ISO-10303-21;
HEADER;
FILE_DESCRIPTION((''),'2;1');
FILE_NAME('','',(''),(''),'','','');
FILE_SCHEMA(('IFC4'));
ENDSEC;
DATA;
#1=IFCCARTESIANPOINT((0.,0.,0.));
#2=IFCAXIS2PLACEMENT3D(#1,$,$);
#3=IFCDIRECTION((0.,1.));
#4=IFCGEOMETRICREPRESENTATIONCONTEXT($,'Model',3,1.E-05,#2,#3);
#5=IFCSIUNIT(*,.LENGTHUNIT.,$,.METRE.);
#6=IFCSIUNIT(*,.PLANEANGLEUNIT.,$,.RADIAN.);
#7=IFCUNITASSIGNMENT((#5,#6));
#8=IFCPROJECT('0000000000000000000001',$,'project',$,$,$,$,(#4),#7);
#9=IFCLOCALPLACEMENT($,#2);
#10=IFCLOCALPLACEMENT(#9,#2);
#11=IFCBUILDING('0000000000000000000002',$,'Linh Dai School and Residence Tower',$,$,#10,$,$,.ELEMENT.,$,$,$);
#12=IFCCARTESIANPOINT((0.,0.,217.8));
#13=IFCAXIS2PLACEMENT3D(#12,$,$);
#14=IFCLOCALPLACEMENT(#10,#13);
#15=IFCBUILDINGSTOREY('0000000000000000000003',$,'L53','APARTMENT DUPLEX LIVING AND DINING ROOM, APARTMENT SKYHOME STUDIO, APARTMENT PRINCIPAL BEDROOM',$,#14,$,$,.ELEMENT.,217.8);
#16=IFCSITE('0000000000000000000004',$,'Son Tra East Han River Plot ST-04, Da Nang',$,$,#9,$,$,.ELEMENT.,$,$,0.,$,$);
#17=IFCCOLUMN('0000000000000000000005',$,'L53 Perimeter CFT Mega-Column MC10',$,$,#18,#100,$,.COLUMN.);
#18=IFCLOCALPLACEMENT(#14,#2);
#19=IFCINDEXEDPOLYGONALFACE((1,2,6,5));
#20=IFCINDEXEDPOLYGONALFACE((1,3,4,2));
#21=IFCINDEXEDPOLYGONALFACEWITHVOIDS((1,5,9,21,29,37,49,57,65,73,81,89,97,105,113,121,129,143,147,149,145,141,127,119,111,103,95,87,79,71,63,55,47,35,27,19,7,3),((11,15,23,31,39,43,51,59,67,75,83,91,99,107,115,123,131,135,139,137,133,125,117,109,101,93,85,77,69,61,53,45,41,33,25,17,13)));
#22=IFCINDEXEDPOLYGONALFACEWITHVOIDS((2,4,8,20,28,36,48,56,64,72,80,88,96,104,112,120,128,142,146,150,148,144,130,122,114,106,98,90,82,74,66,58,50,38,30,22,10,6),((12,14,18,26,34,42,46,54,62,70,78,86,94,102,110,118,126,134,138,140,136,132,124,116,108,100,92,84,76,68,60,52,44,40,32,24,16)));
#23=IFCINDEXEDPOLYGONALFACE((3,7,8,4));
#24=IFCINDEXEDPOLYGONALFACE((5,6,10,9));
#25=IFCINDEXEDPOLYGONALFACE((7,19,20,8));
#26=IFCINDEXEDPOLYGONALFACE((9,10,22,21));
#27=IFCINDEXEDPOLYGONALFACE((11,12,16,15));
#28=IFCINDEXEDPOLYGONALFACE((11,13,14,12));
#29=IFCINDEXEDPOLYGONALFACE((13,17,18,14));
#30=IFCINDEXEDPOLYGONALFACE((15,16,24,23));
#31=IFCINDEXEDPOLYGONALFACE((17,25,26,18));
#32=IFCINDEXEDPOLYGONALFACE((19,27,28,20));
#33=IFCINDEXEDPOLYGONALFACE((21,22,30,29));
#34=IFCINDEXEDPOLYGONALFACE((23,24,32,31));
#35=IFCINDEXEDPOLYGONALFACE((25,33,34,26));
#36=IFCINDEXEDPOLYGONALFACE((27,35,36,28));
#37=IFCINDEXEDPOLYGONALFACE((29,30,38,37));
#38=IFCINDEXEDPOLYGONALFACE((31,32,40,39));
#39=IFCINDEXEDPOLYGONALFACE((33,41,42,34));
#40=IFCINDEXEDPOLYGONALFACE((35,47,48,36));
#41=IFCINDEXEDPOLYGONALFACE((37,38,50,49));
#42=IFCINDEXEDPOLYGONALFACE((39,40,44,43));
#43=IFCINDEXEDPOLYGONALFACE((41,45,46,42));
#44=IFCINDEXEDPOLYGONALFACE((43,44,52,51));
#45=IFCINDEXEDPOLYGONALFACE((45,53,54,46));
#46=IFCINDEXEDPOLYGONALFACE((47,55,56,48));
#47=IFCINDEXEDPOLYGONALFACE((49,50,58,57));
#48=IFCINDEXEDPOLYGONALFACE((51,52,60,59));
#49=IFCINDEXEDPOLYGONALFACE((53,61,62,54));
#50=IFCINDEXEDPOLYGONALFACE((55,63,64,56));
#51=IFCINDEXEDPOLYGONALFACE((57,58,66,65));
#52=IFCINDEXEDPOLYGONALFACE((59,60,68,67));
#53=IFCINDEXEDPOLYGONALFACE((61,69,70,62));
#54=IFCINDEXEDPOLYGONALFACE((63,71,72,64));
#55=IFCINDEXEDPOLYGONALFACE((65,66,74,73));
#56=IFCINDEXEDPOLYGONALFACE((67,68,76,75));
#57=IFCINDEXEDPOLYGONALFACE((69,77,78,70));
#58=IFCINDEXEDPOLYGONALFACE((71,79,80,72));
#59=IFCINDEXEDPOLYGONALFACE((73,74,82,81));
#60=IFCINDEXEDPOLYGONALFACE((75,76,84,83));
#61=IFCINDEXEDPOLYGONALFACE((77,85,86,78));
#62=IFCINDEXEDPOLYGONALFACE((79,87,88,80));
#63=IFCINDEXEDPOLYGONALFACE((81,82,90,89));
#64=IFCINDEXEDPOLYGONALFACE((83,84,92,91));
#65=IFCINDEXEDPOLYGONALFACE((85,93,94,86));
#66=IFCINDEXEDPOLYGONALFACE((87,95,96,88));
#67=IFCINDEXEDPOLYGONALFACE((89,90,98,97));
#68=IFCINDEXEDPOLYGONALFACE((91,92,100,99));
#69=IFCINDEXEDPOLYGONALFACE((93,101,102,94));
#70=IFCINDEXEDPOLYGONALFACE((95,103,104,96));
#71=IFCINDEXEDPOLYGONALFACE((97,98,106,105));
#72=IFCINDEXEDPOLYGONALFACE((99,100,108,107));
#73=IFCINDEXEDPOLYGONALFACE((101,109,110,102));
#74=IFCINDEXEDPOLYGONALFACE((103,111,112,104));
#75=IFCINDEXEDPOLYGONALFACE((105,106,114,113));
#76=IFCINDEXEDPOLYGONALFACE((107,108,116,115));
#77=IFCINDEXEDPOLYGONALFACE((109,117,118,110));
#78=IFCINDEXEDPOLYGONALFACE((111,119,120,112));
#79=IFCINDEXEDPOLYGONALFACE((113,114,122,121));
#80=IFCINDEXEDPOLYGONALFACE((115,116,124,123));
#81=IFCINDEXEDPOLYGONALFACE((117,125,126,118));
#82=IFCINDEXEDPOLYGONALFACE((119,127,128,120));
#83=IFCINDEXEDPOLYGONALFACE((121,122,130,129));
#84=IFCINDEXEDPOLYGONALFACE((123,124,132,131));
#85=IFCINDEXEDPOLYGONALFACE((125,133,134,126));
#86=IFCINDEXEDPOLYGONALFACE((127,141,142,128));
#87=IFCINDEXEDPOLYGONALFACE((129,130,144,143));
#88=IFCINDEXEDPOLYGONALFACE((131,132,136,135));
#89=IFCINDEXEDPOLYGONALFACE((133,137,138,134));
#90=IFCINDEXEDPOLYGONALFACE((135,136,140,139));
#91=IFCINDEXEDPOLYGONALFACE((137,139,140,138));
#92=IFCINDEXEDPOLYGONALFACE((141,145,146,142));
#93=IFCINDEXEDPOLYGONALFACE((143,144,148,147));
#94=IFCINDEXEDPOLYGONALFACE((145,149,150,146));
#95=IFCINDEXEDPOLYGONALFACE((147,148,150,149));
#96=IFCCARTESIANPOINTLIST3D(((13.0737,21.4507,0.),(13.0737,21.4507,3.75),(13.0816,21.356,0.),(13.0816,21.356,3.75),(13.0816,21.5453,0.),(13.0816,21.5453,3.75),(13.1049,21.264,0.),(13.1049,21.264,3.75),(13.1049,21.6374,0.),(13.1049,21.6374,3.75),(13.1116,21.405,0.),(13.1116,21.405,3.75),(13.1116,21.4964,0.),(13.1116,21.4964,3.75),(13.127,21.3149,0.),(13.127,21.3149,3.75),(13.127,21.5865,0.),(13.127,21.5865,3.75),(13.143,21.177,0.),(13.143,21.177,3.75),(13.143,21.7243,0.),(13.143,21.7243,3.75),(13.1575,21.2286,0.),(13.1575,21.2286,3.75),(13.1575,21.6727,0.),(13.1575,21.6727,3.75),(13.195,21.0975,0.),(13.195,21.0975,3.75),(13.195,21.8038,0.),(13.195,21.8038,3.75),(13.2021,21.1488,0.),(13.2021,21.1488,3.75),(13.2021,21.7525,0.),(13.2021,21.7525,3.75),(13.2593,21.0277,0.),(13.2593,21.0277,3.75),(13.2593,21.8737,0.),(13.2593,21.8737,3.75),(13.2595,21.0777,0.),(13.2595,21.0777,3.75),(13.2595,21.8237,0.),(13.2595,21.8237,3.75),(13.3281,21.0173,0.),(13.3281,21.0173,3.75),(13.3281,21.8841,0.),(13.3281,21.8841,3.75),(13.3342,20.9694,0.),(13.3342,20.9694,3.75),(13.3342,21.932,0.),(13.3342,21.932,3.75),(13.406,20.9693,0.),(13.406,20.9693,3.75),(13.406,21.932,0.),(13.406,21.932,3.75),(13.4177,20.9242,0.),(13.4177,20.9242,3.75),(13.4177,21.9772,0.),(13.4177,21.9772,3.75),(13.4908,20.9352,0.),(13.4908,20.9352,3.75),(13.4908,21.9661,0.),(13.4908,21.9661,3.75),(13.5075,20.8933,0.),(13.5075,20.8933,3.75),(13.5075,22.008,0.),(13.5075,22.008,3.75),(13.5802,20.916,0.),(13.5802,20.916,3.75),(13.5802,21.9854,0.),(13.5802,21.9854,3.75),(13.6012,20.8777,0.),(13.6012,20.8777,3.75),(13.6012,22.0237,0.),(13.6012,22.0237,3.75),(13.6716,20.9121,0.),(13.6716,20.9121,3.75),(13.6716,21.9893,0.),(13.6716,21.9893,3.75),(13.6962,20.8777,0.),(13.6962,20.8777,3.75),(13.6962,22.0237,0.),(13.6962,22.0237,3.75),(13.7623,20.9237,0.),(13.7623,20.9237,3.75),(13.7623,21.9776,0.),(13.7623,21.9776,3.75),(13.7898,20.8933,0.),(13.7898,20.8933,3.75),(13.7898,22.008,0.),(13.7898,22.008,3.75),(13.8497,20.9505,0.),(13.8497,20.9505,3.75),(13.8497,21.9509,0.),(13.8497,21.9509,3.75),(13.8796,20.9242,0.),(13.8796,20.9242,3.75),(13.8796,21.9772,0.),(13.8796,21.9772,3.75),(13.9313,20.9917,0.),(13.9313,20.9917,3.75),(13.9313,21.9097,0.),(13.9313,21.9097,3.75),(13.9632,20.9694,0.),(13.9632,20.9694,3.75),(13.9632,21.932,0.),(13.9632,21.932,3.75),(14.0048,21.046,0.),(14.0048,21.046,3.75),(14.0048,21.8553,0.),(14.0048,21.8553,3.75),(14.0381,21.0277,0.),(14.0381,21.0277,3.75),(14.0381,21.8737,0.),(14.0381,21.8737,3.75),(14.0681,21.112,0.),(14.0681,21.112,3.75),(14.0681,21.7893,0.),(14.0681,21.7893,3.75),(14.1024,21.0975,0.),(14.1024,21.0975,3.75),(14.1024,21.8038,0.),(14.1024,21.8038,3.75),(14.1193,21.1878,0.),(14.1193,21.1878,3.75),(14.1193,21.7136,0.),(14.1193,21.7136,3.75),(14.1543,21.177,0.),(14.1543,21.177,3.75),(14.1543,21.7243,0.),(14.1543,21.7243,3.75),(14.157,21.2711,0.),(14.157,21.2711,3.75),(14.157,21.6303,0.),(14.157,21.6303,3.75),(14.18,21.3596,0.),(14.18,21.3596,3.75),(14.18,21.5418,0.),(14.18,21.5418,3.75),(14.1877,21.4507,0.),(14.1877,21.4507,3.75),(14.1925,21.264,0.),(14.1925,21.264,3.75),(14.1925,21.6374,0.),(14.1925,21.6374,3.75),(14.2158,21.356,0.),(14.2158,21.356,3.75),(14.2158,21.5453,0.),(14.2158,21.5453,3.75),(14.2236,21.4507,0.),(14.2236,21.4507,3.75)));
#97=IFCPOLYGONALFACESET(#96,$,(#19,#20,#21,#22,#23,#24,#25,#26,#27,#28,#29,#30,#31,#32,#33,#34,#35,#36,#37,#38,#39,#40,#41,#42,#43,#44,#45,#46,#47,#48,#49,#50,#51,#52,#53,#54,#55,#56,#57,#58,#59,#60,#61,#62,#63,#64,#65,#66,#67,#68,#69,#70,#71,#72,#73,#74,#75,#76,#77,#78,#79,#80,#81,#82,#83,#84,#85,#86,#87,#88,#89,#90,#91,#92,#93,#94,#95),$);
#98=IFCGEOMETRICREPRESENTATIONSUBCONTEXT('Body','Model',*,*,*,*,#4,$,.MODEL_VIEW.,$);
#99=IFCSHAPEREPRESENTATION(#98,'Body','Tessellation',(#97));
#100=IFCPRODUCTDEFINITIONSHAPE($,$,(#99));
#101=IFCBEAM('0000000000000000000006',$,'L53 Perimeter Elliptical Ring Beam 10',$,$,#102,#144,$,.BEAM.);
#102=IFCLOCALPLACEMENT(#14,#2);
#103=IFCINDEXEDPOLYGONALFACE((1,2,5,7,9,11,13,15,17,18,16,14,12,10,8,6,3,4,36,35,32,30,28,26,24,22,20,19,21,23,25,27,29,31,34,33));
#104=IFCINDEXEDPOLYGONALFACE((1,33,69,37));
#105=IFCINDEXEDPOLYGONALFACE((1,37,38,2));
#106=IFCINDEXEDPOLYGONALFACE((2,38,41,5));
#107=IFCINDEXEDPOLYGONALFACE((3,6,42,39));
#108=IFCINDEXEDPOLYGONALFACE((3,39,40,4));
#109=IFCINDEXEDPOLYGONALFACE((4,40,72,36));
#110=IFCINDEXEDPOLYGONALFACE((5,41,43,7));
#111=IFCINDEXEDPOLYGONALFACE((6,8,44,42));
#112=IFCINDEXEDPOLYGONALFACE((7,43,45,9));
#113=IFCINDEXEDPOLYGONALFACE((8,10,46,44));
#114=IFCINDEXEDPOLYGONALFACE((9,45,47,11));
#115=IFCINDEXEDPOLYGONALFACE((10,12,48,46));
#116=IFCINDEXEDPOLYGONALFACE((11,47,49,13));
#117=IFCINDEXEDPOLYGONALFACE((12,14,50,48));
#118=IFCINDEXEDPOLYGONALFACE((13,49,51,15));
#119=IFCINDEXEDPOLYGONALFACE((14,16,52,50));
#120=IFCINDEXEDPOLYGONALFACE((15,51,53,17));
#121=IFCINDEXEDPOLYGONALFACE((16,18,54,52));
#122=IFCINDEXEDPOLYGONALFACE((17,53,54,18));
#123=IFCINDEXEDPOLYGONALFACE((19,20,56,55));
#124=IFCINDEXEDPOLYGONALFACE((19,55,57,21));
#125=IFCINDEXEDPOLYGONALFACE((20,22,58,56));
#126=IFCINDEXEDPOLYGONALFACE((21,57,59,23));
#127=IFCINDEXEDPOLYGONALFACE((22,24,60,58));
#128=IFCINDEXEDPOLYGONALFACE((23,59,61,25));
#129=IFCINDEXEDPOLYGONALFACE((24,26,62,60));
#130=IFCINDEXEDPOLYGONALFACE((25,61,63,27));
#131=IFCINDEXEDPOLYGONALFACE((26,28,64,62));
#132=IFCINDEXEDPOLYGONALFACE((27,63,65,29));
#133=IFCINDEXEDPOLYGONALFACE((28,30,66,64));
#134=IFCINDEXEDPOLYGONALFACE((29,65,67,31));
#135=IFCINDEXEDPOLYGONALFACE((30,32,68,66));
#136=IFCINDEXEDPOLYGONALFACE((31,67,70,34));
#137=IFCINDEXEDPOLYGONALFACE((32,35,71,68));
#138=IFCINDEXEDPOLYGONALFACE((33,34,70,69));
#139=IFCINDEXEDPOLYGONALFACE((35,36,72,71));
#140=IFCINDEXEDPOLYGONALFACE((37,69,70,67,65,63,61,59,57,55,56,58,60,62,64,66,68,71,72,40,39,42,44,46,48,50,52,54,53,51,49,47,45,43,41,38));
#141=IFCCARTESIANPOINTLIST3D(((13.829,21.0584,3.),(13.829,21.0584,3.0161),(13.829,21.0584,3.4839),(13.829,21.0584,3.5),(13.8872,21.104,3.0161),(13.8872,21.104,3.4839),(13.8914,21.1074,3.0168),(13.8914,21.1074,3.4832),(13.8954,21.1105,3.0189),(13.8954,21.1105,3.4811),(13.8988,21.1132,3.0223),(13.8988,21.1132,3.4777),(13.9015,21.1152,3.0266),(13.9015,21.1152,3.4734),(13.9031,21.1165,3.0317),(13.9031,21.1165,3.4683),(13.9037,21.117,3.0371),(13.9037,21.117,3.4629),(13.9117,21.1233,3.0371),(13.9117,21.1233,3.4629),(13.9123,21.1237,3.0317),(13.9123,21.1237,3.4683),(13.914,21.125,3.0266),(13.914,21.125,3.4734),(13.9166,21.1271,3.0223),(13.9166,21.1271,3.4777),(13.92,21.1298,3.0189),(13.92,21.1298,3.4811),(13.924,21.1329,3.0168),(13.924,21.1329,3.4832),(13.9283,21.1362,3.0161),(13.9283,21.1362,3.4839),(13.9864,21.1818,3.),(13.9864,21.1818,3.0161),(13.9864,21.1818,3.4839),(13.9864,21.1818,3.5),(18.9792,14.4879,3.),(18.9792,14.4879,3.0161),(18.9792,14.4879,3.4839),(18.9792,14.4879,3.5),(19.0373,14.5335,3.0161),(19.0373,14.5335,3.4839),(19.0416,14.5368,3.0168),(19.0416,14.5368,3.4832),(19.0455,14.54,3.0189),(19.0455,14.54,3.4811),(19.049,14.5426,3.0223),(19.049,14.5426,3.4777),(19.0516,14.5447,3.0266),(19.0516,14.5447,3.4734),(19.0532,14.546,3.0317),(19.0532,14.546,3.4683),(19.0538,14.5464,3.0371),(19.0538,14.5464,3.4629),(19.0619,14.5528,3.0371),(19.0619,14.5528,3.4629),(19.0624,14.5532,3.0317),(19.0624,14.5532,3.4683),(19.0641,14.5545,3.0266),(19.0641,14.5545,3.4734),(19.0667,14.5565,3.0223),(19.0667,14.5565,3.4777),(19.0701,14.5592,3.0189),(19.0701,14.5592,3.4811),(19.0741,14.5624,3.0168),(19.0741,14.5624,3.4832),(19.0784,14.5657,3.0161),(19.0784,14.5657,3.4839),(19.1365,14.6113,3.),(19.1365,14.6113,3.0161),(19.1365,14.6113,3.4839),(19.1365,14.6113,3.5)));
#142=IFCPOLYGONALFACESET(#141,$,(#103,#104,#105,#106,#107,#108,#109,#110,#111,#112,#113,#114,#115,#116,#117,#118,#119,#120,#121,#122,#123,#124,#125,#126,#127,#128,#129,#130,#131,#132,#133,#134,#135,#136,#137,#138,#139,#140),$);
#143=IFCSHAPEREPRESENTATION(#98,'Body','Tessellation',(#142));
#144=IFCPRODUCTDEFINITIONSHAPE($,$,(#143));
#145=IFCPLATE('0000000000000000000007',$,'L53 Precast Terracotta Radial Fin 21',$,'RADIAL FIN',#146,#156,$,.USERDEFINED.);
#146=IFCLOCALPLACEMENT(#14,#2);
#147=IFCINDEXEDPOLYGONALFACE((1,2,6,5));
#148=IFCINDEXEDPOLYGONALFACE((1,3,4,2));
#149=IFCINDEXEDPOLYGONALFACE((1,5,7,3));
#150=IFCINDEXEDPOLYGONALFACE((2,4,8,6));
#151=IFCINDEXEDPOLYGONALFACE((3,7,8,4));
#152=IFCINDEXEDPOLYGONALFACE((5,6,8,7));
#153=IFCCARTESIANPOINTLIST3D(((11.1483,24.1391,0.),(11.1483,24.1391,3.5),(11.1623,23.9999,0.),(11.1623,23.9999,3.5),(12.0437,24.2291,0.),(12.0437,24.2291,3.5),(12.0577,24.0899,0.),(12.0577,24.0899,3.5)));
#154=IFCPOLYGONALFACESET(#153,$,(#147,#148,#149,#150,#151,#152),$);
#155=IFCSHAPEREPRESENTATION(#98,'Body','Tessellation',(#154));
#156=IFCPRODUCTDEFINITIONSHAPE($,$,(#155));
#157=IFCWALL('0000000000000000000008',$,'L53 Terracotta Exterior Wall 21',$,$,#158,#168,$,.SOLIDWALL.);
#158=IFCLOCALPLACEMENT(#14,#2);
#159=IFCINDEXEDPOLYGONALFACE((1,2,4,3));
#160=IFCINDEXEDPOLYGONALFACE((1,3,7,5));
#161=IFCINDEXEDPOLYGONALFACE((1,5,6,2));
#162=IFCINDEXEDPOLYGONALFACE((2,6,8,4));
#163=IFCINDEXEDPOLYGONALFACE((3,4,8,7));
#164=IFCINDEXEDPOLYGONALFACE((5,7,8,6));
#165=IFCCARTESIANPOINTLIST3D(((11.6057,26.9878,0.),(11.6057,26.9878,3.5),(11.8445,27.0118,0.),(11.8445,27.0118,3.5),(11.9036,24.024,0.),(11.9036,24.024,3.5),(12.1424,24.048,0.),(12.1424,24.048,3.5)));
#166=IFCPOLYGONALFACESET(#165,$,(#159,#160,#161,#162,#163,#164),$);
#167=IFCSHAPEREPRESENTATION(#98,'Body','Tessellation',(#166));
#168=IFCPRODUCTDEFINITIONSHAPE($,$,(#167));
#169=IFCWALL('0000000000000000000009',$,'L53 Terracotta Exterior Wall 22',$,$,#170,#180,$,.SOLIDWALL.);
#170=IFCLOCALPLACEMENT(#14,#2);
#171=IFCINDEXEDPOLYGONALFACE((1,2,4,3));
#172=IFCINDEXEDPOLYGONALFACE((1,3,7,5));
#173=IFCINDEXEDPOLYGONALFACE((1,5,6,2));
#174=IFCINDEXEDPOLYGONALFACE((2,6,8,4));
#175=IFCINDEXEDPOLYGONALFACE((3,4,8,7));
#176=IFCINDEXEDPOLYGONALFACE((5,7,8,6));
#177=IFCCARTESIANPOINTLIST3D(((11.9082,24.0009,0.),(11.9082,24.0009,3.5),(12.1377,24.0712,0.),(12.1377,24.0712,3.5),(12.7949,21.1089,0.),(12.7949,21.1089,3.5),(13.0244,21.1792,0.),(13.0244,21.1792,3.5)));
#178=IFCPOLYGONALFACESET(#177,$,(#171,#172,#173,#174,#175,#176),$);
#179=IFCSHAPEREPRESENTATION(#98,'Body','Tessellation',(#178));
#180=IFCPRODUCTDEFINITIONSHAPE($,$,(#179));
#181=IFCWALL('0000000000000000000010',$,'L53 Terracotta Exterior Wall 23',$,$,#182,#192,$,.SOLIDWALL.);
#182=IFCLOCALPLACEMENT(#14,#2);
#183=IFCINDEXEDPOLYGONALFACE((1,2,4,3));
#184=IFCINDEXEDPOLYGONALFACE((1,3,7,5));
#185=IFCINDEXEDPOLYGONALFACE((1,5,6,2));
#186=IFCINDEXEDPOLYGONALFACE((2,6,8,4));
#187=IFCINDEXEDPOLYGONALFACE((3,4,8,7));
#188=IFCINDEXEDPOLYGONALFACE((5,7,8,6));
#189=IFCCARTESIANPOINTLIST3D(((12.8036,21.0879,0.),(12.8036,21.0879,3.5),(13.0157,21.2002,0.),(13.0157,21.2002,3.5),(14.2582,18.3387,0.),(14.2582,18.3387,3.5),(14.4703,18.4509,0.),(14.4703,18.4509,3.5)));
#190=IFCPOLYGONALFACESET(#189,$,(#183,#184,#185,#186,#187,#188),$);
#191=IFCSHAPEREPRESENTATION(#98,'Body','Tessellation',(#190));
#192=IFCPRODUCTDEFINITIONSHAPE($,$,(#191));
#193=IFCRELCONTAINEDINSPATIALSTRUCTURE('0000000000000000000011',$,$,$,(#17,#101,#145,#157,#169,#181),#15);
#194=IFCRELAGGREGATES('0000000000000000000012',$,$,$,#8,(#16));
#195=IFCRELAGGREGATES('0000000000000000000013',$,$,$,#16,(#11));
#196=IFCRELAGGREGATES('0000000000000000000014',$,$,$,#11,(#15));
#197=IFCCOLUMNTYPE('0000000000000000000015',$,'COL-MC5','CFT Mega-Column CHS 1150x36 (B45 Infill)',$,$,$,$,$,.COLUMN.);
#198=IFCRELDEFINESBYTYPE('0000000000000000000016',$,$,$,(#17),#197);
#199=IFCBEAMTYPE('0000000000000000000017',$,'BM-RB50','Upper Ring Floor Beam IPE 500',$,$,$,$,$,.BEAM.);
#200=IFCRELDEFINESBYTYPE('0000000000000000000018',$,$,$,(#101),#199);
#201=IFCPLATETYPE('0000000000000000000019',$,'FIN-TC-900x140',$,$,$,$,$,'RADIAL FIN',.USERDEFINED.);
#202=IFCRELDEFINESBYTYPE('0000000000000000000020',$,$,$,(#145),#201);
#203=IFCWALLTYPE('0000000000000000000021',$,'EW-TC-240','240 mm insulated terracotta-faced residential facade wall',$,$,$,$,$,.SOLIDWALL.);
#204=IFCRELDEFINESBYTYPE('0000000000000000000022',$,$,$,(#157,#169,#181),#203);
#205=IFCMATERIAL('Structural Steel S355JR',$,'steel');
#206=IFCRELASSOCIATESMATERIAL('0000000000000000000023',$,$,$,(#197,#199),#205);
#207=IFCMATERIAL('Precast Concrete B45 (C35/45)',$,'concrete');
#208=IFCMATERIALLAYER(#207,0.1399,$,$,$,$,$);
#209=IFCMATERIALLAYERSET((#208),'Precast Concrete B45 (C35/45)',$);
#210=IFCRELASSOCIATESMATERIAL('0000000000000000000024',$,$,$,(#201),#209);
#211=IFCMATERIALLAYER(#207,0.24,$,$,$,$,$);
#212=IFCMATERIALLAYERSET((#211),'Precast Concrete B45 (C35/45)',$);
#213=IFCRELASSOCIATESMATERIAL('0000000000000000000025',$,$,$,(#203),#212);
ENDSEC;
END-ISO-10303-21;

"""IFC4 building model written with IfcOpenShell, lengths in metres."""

from ifc_helpers import new_model, si_unit, direction, frame, frame_2d, origin, origin_2d, place, context, subcontext, project, spatial, rectangle, hollow_circle, i_section, extrude, source, transform, mapped, material, layer, layer_set, material_profile, profile_set, type_object, element, save


model = new_model("IFC4")

# Units and contexts
model_context = context("Model", 3, precision=1e-05, world=origin(), true_north=direction((0.0, 1.0)))
body_context = subcontext(model_context, "Body", "Model", "MODEL_VIEW")
ifc_project = project(units=[si_unit("LENGTHUNIT", "METRE"), si_unit("PLANEANGLEUNIT", "RADIAN")], contexts=[model_context])

# Site, building, storey
site_placement = place(None, origin())
site = spatial("IfcSite", under=ifc_project, at=site_placement, Name="Son Tra East Han River Plot ST-04, Da Nang", CompositionType="ELEMENT", RefElevation=0.0)
building_placement = place(site_placement, origin())
building = spatial("IfcBuilding", under=site, at=building_placement, Name="Linh Dai School and Residence Tower", CompositionType="ELEMENT")
storey_placement = place(building_placement, frame((0.0, 0.0, 217.8)))
storey = spatial("IfcBuildingStorey", under=building, at=storey_placement, Name="L53", Description="APARTMENT DUPLEX LIVING AND DINING ROOM, APARTMENT SKYHOME STUDIO, APARTMENT PRINCIPAL BEDROOM", CompositionType="ELEMENT", Elevation=217.8)

# Column
ifc_material_1 = material(Name="Structural Steel S355JR", Category="steel")
ifc_material_profile_1 = material_profile(ifc_material_1, hollow_circle(Radius=0.575, WallThickness=0.0359, at=origin_2d()), Name="CHS 1150x36")
ifc_profile_set_1 = profile_set([ifc_material_profile_1], Name="Structural Steel S355JR")
column_type = type_object("IfcColumnType", Name="COL-MC5", Description="CFT Mega-Column CHS 1150x36 (B45 Infill)", PredefinedType="COLUMN", material=ifc_profile_set_1)
column_placement = place(storey_placement, frame((13.6487, 21.4507, 0.0), z_axis=(0.0, 0.0, 1.0), x_axis=(1.0, 0.0, 0.0)))
element("IfcColumn", 1, at=column_placement, inside=storey, type_object=column_type, Name="L53 Perimeter CFT Mega-Column MC10", PredefinedType="COLUMN", context=body_context, shape_type="SweptSolid", body=[
    extrude(hollow_circle(Radius=0.575, WallThickness=0.0359, at=origin_2d()), origin(), (0.0, 0.0, 1.0), 3.75),
])

# Beam
ifc_material_profile_2 = material_profile(ifc_material_1, i_section(OverallWidth=0.2, OverallDepth=0.5, WebThickness=0.0103, FlangeThickness=0.0161, FilletRadius=0.021, at=origin_2d()), Name="IPE 500")
ifc_profile_set_2 = profile_set([ifc_material_profile_2], Name="Structural Steel S355JR")
beam_type = type_object("IfcBeamType", Name="BM-RB50", Description="Upper Ring Floor Beam IPE 500", PredefinedType="BEAM", material=ifc_profile_set_2)
beam_placement = place(storey_placement, frame((13.9077, 21.1201, 3.25), z_axis=(0.6169, -0.787041, 0.0), x_axis=(0.787041, 0.6169, 0.0)))
element("IfcBeam", 2, at=beam_placement, inside=storey, type_object=beam_type, Name="L53 Perimeter Elliptical Ring Beam 10", PredefinedType="BEAM", context=body_context, shape_type="SweptSolid", body=[
    extrude(i_section(OverallWidth=0.2, OverallDepth=0.5, WebThickness=0.0103, FlangeThickness=0.0161, FilletRadius=0.021, at=origin_2d()), origin(), (0.0, 0.0, 1.0), 8.3484),
])

# Plate
ifc_material_2 = material(Name="Precast Concrete B45 (C35/45)", Category="concrete")
ifc_layer_1 = layer(ifc_material_2, 0.1399)
ifc_layer_set_1 = layer_set([ifc_layer_1], Name="Precast Concrete B45 (C35/45)")
plate_type = type_object("IfcPlateType", Name="FIN-TC-900x140", ElementType="RADIAL FIN", PredefinedType="USERDEFINED", material=ifc_layer_set_1)
shared_shape_1 = source(origin(), body_context, "Body", "SweptSolid", [
    extrude(rectangle(XDim=0.8999, YDim=0.1399, at=origin_2d()), origin(), (0.0, 0.0, 1.0), 3.5),
])
plate_placement = place(storey_placement, frame((11.603, 24.1145, 0.0), z_axis=(0.0, 0.0, 1.0), x_axis=(-0.994986, -0.100012, 0.0)))
element("IfcPlate", 3, at=plate_placement, inside=storey, type_object=plate_type, Name="L53 Precast Terracotta Radial Fin 21", ObjectType="RADIAL FIN", PredefinedType="USERDEFINED", context=body_context, shape_type="MappedRepresentation", body=[
    mapped(shared_shape_1, transform((0.0, 0.0, 0.0), x_axis=(1.0, 0.0, 0.0), y_axis=(0.0, 1.0, 0.0), z_axis=(0.0, 0.0, 1.0), scale=1.0)),
])

# Walls
ifc_layer_2 = layer(ifc_material_2, 0.24)
ifc_layer_set_2 = layer_set([ifc_layer_2], Name="Precast Concrete B45 (C35/45)")
wall_type_1 = type_object("IfcWallType", Name="EW-TC-240", Description="240 mm insulated terracotta-faced residential facade wall", PredefinedType="SOLIDWALL", material=ifc_layer_set_2)
wall_1_placement = place(storey_placement, frame((12.0229, 24.0361, 0.0), z_axis=(0.0, 0.0, 1.0), x_axis=(-0.099991, 0.994988, 0.0)))
element("IfcWall", 4, at=wall_1_placement, inside=storey, type_object=wall_type_1, Name="L53 Terracotta Exterior Wall 21", PredefinedType="SOLIDWALL", context=body_context, shape_type="SweptSolid", body=[
    extrude(rectangle(XDim=2.9788, YDim=0.24, at=frame_2d((1.4893, 0.0))), origin(), (0.0, 0.0, 1.0), 3.5),
])
wall_2_placement = place(storey_placement, frame((12.9097, 21.144, 0.0), z_axis=(0.0, 0.0, 1.0), x_axis=(-0.293133, 0.956072, 0.0)))
element("IfcWall", 5, at=wall_2_placement, inside=storey, type_object=wall_type_1, Name="L53 Terracotta Exterior Wall 22", PredefinedType="SOLIDWALL", context=body_context, shape_type="SweptSolid", body=[
    extrude(rectangle(XDim=3.0249, YDim=0.24, at=frame_2d((1.5125, 0.0))), origin(), (0.0, 0.0, 1.0), 3.5),
])
wall_3_placement = place(storey_placement, frame((14.3643, 18.3948, 0.0), z_axis=(0.0, 0.0, 1.0), x_axis=(-0.46766, 0.883908, 0.0)))
element("IfcWall", 6, at=wall_3_placement, inside=storey, type_object=wall_type_1, Name="L53 Terracotta Exterior Wall 23", PredefinedType="SOLIDWALL", context=body_context, shape_type="SweptSolid", body=[
    extrude(rectangle(XDim=3.1104, YDim=0.24, at=frame_2d((1.5552, 0.0))), origin(), (0.0, 0.0, 1.0), 3.5),
])

save(model, "model.ifc")
